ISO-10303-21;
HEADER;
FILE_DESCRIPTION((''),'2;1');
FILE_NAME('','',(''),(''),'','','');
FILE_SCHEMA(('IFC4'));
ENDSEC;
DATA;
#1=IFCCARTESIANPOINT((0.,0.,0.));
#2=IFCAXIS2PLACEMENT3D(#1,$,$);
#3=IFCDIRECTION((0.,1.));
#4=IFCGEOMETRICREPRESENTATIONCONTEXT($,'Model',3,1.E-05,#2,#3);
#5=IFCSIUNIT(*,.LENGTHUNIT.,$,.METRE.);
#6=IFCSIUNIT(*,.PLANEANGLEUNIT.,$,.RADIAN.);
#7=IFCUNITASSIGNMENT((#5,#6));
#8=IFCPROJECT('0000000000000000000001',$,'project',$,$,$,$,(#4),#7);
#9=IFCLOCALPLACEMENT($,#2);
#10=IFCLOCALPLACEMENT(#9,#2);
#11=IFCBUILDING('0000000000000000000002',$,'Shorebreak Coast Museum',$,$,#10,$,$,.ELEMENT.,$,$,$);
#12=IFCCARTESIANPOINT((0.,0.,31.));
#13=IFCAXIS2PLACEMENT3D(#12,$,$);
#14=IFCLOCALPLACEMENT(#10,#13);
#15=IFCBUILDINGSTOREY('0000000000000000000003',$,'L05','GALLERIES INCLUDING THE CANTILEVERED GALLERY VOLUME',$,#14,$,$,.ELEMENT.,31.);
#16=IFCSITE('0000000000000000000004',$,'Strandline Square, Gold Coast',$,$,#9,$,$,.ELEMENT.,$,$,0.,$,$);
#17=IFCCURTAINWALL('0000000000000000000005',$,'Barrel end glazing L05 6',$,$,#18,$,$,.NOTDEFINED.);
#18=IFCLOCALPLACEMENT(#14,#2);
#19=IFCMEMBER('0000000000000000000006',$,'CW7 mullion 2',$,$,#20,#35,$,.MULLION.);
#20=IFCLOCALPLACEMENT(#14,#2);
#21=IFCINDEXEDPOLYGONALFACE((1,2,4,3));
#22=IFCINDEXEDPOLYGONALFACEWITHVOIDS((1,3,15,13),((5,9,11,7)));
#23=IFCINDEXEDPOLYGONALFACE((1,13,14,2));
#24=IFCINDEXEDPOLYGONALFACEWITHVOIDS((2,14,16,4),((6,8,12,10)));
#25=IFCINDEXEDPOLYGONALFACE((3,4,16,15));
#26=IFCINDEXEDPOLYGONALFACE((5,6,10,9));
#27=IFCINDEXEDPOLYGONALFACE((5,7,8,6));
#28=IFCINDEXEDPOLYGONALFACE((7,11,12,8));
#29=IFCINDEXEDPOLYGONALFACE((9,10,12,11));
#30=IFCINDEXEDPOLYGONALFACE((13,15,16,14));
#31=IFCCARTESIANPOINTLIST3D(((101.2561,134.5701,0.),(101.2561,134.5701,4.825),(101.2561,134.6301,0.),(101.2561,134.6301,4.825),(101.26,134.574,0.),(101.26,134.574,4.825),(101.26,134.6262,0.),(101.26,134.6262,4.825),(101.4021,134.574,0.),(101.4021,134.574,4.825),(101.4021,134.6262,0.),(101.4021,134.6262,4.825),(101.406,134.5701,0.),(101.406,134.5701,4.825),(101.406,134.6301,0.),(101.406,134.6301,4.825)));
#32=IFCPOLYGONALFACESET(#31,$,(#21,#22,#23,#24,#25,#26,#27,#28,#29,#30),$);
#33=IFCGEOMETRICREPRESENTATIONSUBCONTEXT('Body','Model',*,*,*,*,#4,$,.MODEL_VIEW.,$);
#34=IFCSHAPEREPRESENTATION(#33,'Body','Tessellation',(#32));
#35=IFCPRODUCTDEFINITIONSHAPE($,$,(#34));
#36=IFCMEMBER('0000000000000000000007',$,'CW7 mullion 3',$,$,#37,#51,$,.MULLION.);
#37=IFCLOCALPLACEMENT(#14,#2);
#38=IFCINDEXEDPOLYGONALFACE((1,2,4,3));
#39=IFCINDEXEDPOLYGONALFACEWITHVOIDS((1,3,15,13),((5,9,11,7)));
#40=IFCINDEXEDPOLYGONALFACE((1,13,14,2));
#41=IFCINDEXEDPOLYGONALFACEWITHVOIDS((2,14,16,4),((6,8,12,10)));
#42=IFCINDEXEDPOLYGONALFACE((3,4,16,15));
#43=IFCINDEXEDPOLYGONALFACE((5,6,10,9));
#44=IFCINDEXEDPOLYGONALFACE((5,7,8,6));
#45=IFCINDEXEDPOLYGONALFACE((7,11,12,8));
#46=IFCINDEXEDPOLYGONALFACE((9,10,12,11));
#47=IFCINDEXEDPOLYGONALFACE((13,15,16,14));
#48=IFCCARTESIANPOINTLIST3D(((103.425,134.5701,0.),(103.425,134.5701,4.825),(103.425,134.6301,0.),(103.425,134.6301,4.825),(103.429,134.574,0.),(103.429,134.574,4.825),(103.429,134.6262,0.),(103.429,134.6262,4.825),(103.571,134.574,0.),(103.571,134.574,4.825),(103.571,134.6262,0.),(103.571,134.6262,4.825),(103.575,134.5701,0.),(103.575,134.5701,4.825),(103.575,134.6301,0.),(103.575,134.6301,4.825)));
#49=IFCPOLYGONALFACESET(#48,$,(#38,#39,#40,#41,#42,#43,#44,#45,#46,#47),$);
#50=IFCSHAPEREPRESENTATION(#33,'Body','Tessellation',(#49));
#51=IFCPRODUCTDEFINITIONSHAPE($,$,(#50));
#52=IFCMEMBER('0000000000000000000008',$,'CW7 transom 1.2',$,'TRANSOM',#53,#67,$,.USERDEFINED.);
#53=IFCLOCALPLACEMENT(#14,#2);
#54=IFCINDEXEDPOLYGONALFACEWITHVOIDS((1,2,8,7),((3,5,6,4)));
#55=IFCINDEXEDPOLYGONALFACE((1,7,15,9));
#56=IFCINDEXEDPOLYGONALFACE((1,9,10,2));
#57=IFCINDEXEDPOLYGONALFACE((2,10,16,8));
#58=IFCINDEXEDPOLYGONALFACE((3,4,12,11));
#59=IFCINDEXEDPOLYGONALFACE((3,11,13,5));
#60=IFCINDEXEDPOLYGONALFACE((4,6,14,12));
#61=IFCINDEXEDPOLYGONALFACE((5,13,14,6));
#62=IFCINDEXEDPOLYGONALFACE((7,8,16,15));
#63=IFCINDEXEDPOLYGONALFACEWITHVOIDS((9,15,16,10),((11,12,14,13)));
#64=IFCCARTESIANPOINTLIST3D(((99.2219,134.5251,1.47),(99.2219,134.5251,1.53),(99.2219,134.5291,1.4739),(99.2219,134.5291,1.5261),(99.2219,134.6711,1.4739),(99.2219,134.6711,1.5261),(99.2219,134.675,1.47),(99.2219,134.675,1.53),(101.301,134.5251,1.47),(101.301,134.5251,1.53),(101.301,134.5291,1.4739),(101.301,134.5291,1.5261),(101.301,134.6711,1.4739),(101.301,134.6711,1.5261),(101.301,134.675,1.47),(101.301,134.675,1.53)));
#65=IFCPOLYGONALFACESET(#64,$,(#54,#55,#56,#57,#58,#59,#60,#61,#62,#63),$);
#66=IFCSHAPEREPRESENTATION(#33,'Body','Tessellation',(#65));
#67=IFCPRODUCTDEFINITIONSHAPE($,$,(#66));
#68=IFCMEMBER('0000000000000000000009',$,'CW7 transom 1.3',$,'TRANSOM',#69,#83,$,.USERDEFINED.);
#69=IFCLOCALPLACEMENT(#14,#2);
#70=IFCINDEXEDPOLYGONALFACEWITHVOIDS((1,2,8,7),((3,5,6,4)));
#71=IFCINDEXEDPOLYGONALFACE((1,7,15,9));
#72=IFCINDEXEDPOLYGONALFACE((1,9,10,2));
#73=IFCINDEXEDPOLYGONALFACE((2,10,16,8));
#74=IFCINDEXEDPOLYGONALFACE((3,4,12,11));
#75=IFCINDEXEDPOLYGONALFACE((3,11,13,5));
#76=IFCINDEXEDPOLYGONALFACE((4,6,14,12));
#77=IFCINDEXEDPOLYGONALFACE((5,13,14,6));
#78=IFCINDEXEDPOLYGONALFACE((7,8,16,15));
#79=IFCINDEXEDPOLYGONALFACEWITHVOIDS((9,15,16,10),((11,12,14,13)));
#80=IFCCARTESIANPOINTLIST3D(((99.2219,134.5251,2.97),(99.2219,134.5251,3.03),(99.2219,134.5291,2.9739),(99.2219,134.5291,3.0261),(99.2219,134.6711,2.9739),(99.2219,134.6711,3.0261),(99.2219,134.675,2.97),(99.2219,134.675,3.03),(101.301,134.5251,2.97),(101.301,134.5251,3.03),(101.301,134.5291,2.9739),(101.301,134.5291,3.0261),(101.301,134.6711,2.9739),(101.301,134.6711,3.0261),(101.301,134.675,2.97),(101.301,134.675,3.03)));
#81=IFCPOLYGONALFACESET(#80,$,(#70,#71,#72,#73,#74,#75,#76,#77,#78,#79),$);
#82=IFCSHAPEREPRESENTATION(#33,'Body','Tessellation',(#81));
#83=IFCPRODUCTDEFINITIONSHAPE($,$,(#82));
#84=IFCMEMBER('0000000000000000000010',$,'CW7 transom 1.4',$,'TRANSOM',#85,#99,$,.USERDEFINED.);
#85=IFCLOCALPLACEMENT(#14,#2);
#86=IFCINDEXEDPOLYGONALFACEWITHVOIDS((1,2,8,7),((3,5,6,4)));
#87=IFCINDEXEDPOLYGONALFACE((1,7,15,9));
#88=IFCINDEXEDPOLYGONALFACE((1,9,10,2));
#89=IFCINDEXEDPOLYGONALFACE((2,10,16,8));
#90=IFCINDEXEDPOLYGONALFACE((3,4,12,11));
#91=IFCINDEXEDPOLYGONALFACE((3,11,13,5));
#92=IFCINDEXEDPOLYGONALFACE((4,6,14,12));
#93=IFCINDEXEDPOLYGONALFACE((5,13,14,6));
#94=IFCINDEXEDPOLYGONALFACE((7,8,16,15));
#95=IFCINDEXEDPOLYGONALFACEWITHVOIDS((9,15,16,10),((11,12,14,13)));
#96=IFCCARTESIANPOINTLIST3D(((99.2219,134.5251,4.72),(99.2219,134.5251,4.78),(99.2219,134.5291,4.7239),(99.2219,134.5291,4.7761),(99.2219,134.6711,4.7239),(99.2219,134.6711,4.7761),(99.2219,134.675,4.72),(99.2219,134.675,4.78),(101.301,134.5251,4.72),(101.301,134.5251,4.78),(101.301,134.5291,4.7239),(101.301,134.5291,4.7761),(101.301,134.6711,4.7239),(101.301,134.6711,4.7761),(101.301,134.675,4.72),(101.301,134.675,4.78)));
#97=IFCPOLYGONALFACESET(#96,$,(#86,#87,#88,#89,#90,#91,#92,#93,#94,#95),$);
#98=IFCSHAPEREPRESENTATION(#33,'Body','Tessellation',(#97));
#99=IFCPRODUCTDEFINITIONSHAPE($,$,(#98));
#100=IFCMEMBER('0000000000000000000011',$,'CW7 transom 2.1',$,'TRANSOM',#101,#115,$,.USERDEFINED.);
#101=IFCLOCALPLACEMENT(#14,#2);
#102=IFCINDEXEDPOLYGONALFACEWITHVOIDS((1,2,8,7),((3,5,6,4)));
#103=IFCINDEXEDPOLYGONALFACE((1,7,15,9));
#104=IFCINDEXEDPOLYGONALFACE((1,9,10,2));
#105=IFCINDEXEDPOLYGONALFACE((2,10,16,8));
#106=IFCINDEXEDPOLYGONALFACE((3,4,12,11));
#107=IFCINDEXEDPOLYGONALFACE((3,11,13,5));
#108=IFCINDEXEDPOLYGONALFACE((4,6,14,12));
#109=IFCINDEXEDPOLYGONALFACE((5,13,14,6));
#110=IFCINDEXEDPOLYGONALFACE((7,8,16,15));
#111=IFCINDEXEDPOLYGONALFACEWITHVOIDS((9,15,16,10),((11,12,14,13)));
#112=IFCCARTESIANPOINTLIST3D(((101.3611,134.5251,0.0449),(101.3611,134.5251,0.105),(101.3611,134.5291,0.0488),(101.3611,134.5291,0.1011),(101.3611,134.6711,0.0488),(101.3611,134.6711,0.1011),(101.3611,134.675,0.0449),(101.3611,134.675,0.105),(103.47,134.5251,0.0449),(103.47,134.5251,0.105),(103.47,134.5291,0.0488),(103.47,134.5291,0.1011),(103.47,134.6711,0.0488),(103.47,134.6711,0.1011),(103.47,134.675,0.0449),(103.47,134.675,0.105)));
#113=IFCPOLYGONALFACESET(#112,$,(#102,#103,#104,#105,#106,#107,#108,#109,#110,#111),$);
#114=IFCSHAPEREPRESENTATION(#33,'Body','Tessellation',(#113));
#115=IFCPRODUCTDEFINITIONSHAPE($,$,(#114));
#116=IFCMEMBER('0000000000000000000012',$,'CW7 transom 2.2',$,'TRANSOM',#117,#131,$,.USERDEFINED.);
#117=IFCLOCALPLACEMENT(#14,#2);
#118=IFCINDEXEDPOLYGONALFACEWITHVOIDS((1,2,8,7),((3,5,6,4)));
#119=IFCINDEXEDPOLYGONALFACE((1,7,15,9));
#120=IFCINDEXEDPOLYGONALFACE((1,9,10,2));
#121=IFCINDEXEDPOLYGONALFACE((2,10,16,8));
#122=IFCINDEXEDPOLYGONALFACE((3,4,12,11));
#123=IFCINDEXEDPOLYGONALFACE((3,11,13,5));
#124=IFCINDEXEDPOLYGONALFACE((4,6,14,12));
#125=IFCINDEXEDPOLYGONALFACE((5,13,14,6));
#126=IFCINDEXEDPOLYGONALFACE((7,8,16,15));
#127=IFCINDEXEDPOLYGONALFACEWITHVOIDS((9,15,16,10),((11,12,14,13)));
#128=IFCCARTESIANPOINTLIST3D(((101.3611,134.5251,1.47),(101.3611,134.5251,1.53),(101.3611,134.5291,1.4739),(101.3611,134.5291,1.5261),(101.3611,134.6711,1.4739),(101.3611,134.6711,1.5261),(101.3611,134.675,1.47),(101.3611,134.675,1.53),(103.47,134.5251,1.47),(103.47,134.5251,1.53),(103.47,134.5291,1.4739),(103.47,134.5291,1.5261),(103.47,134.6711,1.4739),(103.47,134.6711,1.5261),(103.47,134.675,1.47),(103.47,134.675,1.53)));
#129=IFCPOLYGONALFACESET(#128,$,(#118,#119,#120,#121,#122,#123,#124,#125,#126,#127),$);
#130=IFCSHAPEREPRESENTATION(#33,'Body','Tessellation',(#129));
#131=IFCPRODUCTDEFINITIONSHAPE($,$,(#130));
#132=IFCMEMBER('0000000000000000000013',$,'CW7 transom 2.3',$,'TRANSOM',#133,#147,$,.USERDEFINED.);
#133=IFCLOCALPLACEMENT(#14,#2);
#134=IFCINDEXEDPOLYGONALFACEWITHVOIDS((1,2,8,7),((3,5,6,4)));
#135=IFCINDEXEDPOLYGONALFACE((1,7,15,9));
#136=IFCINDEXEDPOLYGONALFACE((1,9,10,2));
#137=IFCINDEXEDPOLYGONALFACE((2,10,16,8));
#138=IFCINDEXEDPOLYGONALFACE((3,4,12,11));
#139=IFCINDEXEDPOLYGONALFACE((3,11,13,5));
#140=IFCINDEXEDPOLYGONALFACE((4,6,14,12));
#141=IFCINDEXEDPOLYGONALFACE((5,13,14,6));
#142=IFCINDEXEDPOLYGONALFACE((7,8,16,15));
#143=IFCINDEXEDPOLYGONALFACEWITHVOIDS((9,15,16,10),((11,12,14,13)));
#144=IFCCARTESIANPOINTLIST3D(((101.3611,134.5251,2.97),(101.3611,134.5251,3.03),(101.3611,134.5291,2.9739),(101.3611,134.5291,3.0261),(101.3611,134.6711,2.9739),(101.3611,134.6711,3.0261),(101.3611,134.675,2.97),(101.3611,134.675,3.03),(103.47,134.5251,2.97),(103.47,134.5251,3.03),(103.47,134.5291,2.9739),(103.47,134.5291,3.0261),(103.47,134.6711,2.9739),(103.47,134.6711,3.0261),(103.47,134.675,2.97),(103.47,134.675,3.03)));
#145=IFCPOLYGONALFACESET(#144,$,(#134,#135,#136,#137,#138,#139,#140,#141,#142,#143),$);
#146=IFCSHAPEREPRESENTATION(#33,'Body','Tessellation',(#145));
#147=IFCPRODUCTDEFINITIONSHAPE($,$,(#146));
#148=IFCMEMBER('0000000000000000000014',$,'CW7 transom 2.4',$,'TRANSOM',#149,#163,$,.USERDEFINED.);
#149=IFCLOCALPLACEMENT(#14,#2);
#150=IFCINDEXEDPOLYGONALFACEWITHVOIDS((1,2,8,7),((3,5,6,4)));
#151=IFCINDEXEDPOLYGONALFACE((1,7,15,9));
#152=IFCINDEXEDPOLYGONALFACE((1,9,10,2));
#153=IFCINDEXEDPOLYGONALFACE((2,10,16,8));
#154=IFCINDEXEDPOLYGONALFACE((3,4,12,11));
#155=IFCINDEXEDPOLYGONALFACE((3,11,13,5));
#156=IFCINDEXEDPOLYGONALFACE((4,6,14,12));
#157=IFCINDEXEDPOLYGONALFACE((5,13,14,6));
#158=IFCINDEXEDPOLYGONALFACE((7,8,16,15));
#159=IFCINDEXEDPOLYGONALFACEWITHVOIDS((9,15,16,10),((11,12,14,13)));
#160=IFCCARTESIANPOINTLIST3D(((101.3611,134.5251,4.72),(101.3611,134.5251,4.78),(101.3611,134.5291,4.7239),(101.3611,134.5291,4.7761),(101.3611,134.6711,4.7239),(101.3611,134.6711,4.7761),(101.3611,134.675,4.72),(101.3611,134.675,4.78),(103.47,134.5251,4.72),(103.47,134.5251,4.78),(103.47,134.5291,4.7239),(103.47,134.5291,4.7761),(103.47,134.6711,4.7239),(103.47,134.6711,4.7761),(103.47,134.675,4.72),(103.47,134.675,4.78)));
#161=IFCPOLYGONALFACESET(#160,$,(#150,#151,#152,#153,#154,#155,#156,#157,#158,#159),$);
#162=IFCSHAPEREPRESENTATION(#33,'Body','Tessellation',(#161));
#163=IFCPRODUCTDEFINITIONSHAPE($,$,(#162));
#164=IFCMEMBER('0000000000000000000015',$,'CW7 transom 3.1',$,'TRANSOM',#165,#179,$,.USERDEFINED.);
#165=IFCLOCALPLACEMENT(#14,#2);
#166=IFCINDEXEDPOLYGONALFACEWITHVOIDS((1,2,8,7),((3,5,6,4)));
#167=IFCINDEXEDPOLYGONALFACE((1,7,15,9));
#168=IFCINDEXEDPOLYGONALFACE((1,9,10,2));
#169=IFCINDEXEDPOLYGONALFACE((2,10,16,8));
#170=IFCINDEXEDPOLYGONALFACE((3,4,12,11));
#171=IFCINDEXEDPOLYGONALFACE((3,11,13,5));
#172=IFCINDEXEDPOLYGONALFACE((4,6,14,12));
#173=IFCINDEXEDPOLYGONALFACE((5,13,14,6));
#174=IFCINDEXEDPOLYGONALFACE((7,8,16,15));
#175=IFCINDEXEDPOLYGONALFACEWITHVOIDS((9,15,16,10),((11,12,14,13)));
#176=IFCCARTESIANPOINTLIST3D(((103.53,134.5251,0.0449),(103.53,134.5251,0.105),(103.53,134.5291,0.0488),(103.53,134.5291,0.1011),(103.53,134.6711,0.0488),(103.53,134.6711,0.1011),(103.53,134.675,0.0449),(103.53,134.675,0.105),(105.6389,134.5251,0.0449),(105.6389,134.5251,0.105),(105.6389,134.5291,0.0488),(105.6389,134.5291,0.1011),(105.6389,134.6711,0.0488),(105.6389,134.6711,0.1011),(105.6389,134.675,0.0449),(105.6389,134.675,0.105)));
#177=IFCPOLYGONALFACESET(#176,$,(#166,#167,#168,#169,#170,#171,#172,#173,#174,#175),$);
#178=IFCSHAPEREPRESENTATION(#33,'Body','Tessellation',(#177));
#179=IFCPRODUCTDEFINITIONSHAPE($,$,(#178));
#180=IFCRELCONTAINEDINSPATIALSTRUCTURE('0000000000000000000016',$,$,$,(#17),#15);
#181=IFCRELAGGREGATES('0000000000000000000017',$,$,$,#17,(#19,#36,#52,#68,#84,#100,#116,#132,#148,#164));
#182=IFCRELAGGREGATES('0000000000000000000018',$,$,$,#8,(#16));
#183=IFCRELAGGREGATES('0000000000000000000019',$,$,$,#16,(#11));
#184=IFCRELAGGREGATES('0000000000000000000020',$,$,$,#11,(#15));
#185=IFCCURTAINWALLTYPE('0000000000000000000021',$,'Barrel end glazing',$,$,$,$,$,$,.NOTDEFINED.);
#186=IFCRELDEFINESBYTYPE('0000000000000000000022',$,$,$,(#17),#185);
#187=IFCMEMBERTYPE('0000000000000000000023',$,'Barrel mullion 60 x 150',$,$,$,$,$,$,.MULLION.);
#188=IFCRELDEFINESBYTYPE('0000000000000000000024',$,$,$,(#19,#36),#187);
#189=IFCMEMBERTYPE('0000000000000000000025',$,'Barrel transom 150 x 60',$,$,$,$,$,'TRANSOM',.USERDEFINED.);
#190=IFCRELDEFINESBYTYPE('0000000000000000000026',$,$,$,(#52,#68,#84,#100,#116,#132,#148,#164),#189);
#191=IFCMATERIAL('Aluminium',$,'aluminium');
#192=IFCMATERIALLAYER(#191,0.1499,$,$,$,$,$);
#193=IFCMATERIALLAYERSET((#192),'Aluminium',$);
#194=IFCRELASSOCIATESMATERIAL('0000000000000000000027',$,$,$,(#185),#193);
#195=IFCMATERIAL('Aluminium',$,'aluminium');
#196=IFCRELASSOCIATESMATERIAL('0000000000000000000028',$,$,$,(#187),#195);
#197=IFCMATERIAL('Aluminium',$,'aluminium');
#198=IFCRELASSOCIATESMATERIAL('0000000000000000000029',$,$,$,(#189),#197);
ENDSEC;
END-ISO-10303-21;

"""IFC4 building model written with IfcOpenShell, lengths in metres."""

from ifc_helpers import new_model, si_unit, direction, frame, origin, origin_2d, place, context, subcontext, project, spatial, hollow_rectangle, extrude, material, layer, layer_set, material_profile, profile_set, type_object, element, aggregate, save


model = new_model("IFC4")

# Units and contexts
model_context = context("Model", 3, precision=1e-05, world=origin(), true_north=direction((0.0, 1.0)))
body_context = subcontext(model_context, "Body", "Model", "MODEL_VIEW")
ifc_project = project(units=[si_unit("LENGTHUNIT", "METRE"), si_unit("PLANEANGLEUNIT", "RADIAN")], contexts=[model_context])

# Site, building, storey
site_placement = place(None, origin())
site = spatial("IfcSite", under=ifc_project, at=site_placement, Name="Strandline Square, Gold Coast", CompositionType="ELEMENT", RefElevation=0.0)
building_placement = place(site_placement, origin())
building = spatial("IfcBuilding", under=site, at=building_placement, Name="Shorebreak Coast Museum", CompositionType="ELEMENT")
storey_placement = place(building_placement, frame((0.0, 0.0, 31.0)))
storey = spatial("IfcBuildingStorey", under=building, at=storey_placement, Name="L05", Description="GALLERIES INCLUDING THE CANTILEVERED GALLERY VOLUME", CompositionType="ELEMENT", Elevation=31.0)

# Curtain wall, members
ifc_material_1 = material(Name="Aluminium", Category="aluminium")
ifc_layer_1 = layer(ifc_material_1, 0.1499)
ifc_layer_set_1 = layer_set([ifc_layer_1], Name="Aluminium")
curtain_wall_type = type_object("IfcCurtainWallType", Name="Barrel end glazing", PredefinedType="NOTDEFINED", material=ifc_layer_set_1)
curtain_wall_placement = place(storey_placement, origin())
curtain_wall = element("IfcCurtainWall", 1, at=curtain_wall_placement, inside=storey, type_object=curtain_wall_type, Name="Barrel end glazing L05 6", PredefinedType="NOTDEFINED")
ifc_material_2 = material(Name="Aluminium", Category="aluminium")
ifc_material_profile_1 = material_profile(ifc_material_2, hollow_rectangle(XDim=0.0601, YDim=0.1499, WallThickness=0.0039, at=origin_2d()), Name="AL 150x60 RHS")
ifc_profile_set_1 = profile_set([ifc_material_profile_1], Name="Aluminium")
member_type_1 = type_object("IfcMemberType", Name="Barrel mullion 60 x 150", PredefinedType="MULLION", material=ifc_profile_set_1)
member_1_placement = place(storey_placement, frame((101.3311, 134.6001, 0.0), z_axis=(0.0, 0.0, 1.0), x_axis=(0.0, 1.0, 0.0)))
member_1 = element("IfcMember", 2, at=member_1_placement, type_object=member_type_1, Name="CW7 mullion 2", PredefinedType="MULLION", context=body_context, shape_type="SweptSolid", body=[
    extrude(hollow_rectangle(XDim=0.0601, YDim=0.1499, WallThickness=0.0039, at=origin_2d()), origin(), (0.0, 0.0, 1.0), 4.825),
])
member_2_placement = place(storey_placement, frame((103.5, 134.6001, 0.0), z_axis=(0.0, 0.0, 1.0), x_axis=(0.0, 1.0, 0.0)))
member_2 = element("IfcMember", 3, at=member_2_placement, type_object=member_type_1, Name="CW7 mullion 3", PredefinedType="MULLION", context=body_context, shape_type="SweptSolid", body=[
    extrude(hollow_rectangle(XDim=0.0601, YDim=0.1499, WallThickness=0.0039, at=origin_2d()), origin(), (0.0, 0.0, 1.0), 4.825),
])
ifc_material_3 = material(Name="Aluminium", Category="aluminium")
ifc_material_profile_2 = material_profile(ifc_material_3, hollow_rectangle(XDim=0.1499, YDim=0.0601, WallThickness=0.0039, at=origin_2d()), Name="AL 60x150 RHS")
ifc_profile_set_2 = profile_set([ifc_material_profile_2], Name="Aluminium")
member_type_2 = type_object("IfcMemberType", Name="Barrel transom 150 x 60", ElementType="TRANSOM", PredefinedType="USERDEFINED", material=ifc_profile_set_2)
member_3_placement = place(storey_placement, frame((99.2219, 134.6001, 1.5), z_axis=(1.0, 0.0, 0.0), x_axis=(0.0, 1.0, 0.0)))
member_3 = element("IfcMember", 4, at=member_3_placement, type_object=member_type_2, Name="CW7 transom 1.2", ObjectType="TRANSOM", PredefinedType="USERDEFINED", context=body_context, shape_type="SweptSolid", body=[
    extrude(hollow_rectangle(XDim=0.1499, YDim=0.0601, WallThickness=0.0039, at=origin_2d()), origin(), (0.0, 0.0, 1.0), 2.0791),
])
member_4_placement = place(storey_placement, frame((99.2219, 134.6001, 3.0), z_axis=(1.0, 0.0, 0.0), x_axis=(0.0, 1.0, 0.0)))
member_4 = element("IfcMember", 5, at=member_4_placement, type_object=member_type_2, Name="CW7 transom 1.3", ObjectType="TRANSOM", PredefinedType="USERDEFINED", context=body_context, shape_type="SweptSolid", body=[
    extrude(hollow_rectangle(XDim=0.1499, YDim=0.0601, WallThickness=0.0039, at=origin_2d()), origin(), (0.0, 0.0, 1.0), 2.0791),
])
member_5_placement = place(storey_placement, frame((99.2219, 134.6001, 4.75), z_axis=(1.0, 0.0, 0.0), x_axis=(0.0, 1.0, 0.0)))
member_5 = element("IfcMember", 6, at=member_5_placement, type_object=member_type_2, Name="CW7 transom 1.4", ObjectType="TRANSOM", PredefinedType="USERDEFINED", context=body_context, shape_type="SweptSolid", body=[
    extrude(hollow_rectangle(XDim=0.1499, YDim=0.0601, WallThickness=0.0039, at=origin_2d()), origin(), (0.0, 0.0, 1.0), 2.0791),
])
member_6_placement = place(storey_placement, frame((101.3611, 134.6001, 0.075), z_axis=(1.0, 0.0, 0.0), x_axis=(0.0, 1.0, 0.0)))
member_6 = element("IfcMember", 7, at=member_6_placement, type_object=member_type_2, Name="CW7 transom 2.1", ObjectType="TRANSOM", PredefinedType="USERDEFINED", context=body_context, shape_type="SweptSolid", body=[
    extrude(hollow_rectangle(XDim=0.1499, YDim=0.0601, WallThickness=0.0039, at=origin_2d()), origin(), (0.0, 0.0, 1.0), 2.1089),
])
member_7_placement = place(storey_placement, frame((101.3611, 134.6001, 1.5), z_axis=(1.0, 0.0, 0.0), x_axis=(0.0, 1.0, 0.0)))
member_7 = element("IfcMember", 8, at=member_7_placement, type_object=member_type_2, Name="CW7 transom 2.2", ObjectType="TRANSOM", PredefinedType="USERDEFINED", context=body_context, shape_type="SweptSolid", body=[
    extrude(hollow_rectangle(XDim=0.1499, YDim=0.0601, WallThickness=0.0039, at=origin_2d()), origin(), (0.0, 0.0, 1.0), 2.1089),
])
member_8_placement = place(storey_placement, frame((101.3611, 134.6001, 3.0), z_axis=(1.0, 0.0, 0.0), x_axis=(0.0, 1.0, 0.0)))
member_8 = element("IfcMember", 9, at=member_8_placement, type_object=member_type_2, Name="CW7 transom 2.3", ObjectType="TRANSOM", PredefinedType="USERDEFINED", context=body_context, shape_type="SweptSolid", body=[
    extrude(hollow_rectangle(XDim=0.1499, YDim=0.0601, WallThickness=0.0039, at=origin_2d()), origin(), (0.0, 0.0, 1.0), 2.1089),
])
member_9_placement = place(storey_placement, frame((101.3611, 134.6001, 4.75), z_axis=(1.0, 0.0, 0.0), x_axis=(0.0, 1.0, 0.0)))
member_9 = element("IfcMember", 10, at=member_9_placement, type_object=member_type_2, Name="CW7 transom 2.4", ObjectType="TRANSOM", PredefinedType="USERDEFINED", context=body_context, shape_type="SweptSolid", body=[
    extrude(hollow_rectangle(XDim=0.1499, YDim=0.0601, WallThickness=0.0039, at=origin_2d()), origin(), (0.0, 0.0, 1.0), 2.1089),
])
member_10_placement = place(storey_placement, frame((103.53, 134.6001, 0.075), z_axis=(1.0, 0.0, 0.0), x_axis=(0.0, 1.0, 0.0)))
member_10 = element("IfcMember", 11, at=member_10_placement, type_object=member_type_2, Name="CW7 transom 3.1", ObjectType="TRANSOM", PredefinedType="USERDEFINED", context=body_context, shape_type="SweptSolid", body=[
    extrude(hollow_rectangle(XDim=0.1499, YDim=0.0601, WallThickness=0.0039, at=origin_2d()), origin(), (0.0, 0.0, 1.0), 2.1089),
])

aggregate(curtain_wall, [member_1, member_2, member_3, member_4, member_5, member_6, member_7, member_8, member_9, member_10])

save(model, "model.ifc")
